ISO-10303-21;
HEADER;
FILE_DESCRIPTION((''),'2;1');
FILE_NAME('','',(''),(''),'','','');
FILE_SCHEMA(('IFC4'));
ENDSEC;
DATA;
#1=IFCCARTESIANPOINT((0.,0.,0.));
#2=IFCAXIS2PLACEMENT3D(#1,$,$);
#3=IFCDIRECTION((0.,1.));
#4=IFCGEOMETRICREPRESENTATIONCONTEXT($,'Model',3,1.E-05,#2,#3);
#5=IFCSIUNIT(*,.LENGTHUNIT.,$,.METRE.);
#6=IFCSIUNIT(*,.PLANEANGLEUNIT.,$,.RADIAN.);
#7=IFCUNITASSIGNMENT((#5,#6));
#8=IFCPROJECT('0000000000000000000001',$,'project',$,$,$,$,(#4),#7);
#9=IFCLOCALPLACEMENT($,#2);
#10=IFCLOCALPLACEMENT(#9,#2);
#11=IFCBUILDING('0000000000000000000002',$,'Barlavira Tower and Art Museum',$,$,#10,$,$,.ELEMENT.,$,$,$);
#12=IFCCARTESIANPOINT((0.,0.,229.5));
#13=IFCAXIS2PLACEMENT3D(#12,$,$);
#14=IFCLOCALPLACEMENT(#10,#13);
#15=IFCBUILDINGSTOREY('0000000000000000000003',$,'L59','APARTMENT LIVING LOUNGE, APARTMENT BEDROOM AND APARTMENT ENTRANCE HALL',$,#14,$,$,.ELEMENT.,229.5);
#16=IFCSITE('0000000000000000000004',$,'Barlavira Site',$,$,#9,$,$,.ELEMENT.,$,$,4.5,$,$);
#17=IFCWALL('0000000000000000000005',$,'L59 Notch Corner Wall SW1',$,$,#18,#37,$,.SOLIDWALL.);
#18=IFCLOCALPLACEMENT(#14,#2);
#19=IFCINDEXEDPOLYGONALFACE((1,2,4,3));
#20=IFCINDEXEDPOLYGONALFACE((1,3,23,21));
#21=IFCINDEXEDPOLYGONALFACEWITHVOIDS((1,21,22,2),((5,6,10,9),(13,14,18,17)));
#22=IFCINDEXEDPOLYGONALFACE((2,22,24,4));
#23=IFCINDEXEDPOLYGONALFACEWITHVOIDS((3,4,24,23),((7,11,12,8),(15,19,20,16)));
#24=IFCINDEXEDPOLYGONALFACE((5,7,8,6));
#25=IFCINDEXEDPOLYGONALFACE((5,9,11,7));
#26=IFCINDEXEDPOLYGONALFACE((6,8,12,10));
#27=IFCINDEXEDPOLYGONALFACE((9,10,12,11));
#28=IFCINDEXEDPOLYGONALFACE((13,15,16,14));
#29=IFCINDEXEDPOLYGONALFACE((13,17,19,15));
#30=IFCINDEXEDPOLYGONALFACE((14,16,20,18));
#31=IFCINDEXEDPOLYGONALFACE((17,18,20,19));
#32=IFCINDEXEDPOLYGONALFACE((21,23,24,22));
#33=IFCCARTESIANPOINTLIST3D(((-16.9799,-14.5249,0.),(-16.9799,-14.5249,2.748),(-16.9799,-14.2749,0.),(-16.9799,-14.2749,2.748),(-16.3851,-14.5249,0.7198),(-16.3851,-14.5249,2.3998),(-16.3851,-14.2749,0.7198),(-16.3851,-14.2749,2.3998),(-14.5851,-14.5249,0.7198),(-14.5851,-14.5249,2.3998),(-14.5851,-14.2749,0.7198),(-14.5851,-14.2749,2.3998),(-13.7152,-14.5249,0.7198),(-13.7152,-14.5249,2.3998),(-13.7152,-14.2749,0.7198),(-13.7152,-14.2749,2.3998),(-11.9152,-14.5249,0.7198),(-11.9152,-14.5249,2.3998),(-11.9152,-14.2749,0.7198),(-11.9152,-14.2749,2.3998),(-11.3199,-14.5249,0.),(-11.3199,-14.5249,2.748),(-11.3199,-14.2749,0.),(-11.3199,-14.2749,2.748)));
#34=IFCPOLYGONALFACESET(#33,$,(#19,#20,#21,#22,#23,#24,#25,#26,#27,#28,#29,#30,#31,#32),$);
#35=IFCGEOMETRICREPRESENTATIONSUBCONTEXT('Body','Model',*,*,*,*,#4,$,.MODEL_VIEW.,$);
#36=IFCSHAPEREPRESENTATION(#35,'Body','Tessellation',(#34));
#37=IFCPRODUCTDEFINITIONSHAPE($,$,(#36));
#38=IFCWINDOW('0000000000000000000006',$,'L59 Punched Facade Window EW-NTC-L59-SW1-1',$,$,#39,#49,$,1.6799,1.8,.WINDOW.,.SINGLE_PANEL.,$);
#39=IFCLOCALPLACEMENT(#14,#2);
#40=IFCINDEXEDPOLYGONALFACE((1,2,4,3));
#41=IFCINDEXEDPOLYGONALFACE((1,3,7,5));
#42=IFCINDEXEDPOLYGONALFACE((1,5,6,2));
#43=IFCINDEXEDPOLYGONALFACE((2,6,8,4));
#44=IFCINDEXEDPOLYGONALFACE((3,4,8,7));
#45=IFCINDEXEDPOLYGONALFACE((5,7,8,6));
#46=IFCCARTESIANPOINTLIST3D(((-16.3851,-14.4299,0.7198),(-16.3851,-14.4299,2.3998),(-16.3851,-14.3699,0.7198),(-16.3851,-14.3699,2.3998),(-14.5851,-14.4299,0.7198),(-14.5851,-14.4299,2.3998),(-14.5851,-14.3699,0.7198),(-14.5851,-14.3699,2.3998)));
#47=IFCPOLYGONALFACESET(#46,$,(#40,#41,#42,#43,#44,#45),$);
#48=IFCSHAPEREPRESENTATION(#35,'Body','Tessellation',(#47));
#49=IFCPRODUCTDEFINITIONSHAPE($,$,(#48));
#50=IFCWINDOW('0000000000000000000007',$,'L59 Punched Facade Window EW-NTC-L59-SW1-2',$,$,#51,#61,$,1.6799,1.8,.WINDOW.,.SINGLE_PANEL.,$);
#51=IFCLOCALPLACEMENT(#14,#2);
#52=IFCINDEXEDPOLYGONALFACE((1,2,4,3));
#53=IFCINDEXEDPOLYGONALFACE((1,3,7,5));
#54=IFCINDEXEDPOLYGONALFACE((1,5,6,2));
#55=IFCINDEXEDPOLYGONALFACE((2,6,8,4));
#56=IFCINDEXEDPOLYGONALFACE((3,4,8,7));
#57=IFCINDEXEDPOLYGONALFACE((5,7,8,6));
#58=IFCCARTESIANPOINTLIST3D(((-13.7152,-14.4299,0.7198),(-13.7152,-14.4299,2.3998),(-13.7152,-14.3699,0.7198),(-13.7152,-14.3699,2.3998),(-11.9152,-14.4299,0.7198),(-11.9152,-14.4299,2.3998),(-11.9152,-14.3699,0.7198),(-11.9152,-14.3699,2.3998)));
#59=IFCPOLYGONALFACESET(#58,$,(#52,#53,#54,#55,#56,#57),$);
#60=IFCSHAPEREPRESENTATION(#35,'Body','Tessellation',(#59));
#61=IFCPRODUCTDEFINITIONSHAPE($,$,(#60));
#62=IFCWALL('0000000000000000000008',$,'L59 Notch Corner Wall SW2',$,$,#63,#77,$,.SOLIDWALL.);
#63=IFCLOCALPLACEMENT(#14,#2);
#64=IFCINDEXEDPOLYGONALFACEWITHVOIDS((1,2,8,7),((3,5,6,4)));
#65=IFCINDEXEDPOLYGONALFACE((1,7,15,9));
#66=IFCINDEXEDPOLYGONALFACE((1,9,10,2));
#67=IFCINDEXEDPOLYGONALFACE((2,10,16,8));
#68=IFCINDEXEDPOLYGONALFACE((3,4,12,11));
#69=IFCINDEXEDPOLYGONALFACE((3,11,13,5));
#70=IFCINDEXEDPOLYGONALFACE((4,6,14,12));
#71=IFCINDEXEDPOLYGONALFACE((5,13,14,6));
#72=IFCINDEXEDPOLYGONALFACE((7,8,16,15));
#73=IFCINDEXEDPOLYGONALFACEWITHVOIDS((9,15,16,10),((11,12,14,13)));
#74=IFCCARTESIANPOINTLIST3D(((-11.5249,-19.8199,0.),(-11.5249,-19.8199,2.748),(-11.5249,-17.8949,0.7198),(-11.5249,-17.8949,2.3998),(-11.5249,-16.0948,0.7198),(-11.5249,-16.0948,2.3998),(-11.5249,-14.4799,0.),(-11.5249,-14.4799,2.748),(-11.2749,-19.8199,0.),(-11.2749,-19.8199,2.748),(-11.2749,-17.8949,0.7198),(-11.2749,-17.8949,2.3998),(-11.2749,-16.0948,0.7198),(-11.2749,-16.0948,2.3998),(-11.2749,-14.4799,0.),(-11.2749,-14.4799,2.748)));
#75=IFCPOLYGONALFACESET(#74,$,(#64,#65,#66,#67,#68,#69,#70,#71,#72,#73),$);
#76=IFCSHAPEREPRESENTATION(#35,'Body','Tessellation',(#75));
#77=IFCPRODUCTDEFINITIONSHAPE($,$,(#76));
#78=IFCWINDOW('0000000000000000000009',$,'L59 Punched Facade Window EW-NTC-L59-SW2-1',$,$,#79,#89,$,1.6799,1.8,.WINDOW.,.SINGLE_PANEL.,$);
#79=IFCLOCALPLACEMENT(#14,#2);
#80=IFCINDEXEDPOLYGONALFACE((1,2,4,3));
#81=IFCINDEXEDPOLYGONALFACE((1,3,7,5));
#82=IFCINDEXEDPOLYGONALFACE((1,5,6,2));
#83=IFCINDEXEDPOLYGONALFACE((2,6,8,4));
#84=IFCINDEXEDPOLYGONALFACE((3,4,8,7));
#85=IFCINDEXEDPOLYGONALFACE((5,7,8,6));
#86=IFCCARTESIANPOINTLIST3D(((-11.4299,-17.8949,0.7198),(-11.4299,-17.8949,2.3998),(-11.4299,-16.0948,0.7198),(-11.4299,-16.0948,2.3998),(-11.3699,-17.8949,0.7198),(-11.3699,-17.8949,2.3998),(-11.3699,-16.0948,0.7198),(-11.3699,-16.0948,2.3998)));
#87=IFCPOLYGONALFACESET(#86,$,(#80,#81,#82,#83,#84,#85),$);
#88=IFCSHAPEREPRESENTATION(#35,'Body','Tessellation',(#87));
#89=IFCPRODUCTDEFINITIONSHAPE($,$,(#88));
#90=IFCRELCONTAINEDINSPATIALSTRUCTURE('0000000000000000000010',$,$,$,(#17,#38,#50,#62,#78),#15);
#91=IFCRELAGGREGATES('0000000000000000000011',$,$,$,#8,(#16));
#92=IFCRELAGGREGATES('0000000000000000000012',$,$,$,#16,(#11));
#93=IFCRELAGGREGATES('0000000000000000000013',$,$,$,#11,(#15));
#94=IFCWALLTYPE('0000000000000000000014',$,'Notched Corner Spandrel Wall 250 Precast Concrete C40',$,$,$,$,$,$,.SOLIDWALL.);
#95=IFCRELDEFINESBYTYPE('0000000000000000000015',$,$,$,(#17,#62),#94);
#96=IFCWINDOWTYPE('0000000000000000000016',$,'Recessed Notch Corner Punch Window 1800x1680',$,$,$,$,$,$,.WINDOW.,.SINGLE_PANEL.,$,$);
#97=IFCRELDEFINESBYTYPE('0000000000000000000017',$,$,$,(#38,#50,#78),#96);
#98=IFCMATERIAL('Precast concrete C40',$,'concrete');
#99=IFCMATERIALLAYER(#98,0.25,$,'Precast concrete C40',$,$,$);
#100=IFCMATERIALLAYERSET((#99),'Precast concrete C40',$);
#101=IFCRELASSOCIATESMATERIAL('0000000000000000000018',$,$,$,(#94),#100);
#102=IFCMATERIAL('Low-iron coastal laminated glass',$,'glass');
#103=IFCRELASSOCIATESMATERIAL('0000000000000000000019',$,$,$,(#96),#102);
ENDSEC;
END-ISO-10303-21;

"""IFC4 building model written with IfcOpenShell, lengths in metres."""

from ifc_helpers import new_model, si_unit, direction, frame, frame_2d, origin, place, context, subcontext, project, spatial, rectangle, extrude, material, layer, layer_set, type_object, element, fill, save


model = new_model("IFC4")

# Units and contexts
model_context = context("Model", 3, precision=1e-05, world=origin(), true_north=direction((0.0, 1.0)))
body_context = subcontext(model_context, "Body", "Model", "MODEL_VIEW")
ifc_project = project(units=[si_unit("LENGTHUNIT", "METRE"), si_unit("PLANEANGLEUNIT", "RADIAN")], contexts=[model_context])

# Site, building, storey
site_placement = place(None, origin())
site = spatial("IfcSite", under=ifc_project, at=site_placement, Name="Barlavira Site", CompositionType="ELEMENT", RefElevation=4.5)
building_placement = place(site_placement, origin())
building = spatial("IfcBuilding", under=site, at=building_placement, Name="Barlavira Tower and Art Museum", CompositionType="ELEMENT")
storey_placement = place(building_placement, frame((0.0, 0.0, 229.5)))
storey = spatial("IfcBuildingStorey", under=building, at=storey_placement, Name="L59", Description="APARTMENT LIVING LOUNGE, APARTMENT BEDROOM AND APARTMENT ENTRANCE HALL", CompositionType="ELEMENT", Elevation=229.5)

# Shared definitions
ifc_material_1 = material(Name="Precast concrete C40", Category="concrete")
ifc_layer_1 = layer(ifc_material_1, 0.25, Name="Precast concrete C40")
ifc_layer_set_1 = layer_set([ifc_layer_1], Name="Precast concrete C40")
wall_type = type_object("IfcWallType", Name="Notched Corner Spandrel Wall 250 Precast Concrete C40", PredefinedType="SOLIDWALL", material=ifc_layer_set_1)
ifc_material_2 = material(Name="Low-iron coastal laminated glass", Category="glass")
window_type = type_object("IfcWindowType", Name="Recessed Notch Corner Punch Window 1800x1680", PartitioningType="SINGLE_PANEL", PredefinedType="WINDOW", material=ifc_material_2)

# Wall, openings, windows
wall_1_placement = place(storey_placement, frame((-16.98, -14.3999, 0.0), z_axis=(0.0, 0.0, 1.0), x_axis=(1.0, 0.0, 0.0)))
wall_1 = element("IfcWall", 1, at=wall_1_placement, inside=storey, type_object=wall_type, Name="L59 Notch Corner Wall SW1", PredefinedType="SOLIDWALL", context=body_context, shape_type="SweptSolid", body=[
    extrude(rectangle(XDim=5.6599, YDim=0.25, at=frame_2d((2.8301, 0.0))), origin(), (0.0, 0.0, 1.0), 2.748),
])
opening_1_placement = place(wall_1_placement, frame((0.595, 0.0, 0.72)))
opening_1 = element("IfcOpeningElement", 2, at=opening_1_placement, cuts=wall_1, PredefinedType="OPENING", context=body_context, shape_type="SweptSolid", body=[
    extrude(rectangle(XDim=1.8, YDim=1.6799, at=frame_2d((0.8999, 0.8398))), frame((0.0, 0.135, 0.0), z_axis=(0.0, -1.0, 0.0), x_axis=(1.0, 0.0, 0.0)), (0.0, 0.0, 1.0), 0.27),
])
opening_2_placement = place(wall_1_placement, frame((3.2649, 0.0, 0.72)))
opening_2 = element("IfcOpeningElement", 3, at=opening_2_placement, cuts=wall_1, PredefinedType="OPENING", context=body_context, shape_type="SweptSolid", body=[
    extrude(rectangle(XDim=1.8, YDim=1.6799, at=frame_2d((0.8999, 0.8398))), frame((0.0, 0.135, 0.0), z_axis=(0.0, -1.0, 0.0), x_axis=(1.0, 0.0, 0.0)), (0.0, 0.0, 1.0), 0.27),
])
window_1_placement = place(opening_1_placement, origin())
window_1 = element("IfcWindow", 4, at=window_1_placement, inside=storey, type_object=window_type, Name="L59 Punched Facade Window EW-NTC-L59-SW1-1", OverallHeight=1.6799, OverallWidth=1.8, PartitioningType="SINGLE_PANEL", PredefinedType="WINDOW", context=body_context, shape_type="SweptSolid", body=[
    extrude(rectangle(XDim=1.8, YDim=1.6799, at=frame_2d((0.8999, 0.8398))), frame((0.0, 0.03, 0.0), z_axis=(0.0, -1.0, 0.0), x_axis=(1.0, 0.0, 0.0)), (0.0, 0.0, 1.0), 0.0601),
])
fill(opening_1, window_1)
window_2_placement = place(opening_2_placement, origin())
window_2 = element("IfcWindow", 5, at=window_2_placement, inside=storey, type_object=window_type, Name="L59 Punched Facade Window EW-NTC-L59-SW1-2", OverallHeight=1.6799, OverallWidth=1.8, PartitioningType="SINGLE_PANEL", PredefinedType="WINDOW", context=body_context, shape_type="SweptSolid", body=[
    extrude(rectangle(XDim=1.8, YDim=1.6799, at=frame_2d((0.8999, 0.8398))), frame((0.0, 0.03, 0.0), z_axis=(0.0, -1.0, 0.0), x_axis=(1.0, 0.0, 0.0)), (0.0, 0.0, 1.0), 0.0601),
])
fill(opening_2, window_2)

# Wall, opening, window
wall_2_placement = place(storey_placement, frame((-11.3999, -14.48, 0.0), z_axis=(0.0, 0.0, 1.0), x_axis=(0.0, -1.0, 0.0)))
wall_2 = element("IfcWall", 6, at=wall_2_placement, inside=storey, type_object=wall_type, Name="L59 Notch Corner Wall SW2", PredefinedType="SOLIDWALL", context=body_context, shape_type="SweptSolid", body=[
    extrude(rectangle(XDim=5.3401, YDim=0.25, at=frame_2d((2.6699, 0.0))), origin(), (0.0, 0.0, 1.0), 2.748),
])
opening_3_placement = place(wall_2_placement, frame((1.615, 0.0, 0.72)))
opening_3 = element("IfcOpeningElement", 7, at=opening_3_placement, cuts=wall_2, PredefinedType="OPENING", context=body_context, shape_type="SweptSolid", body=[
    extrude(rectangle(XDim=1.8, YDim=1.6799, at=frame_2d((0.8999, 0.8398))), frame((0.0, 0.135, 0.0), z_axis=(0.0, -1.0, 0.0), x_axis=(1.0, 0.0, 0.0)), (0.0, 0.0, 1.0), 0.27),
])
window_3_placement = place(opening_3_placement, origin())
window_3 = element("IfcWindow", 8, at=window_3_placement, inside=storey, type_object=window_type, Name="L59 Punched Facade Window EW-NTC-L59-SW2-1", OverallHeight=1.6799, OverallWidth=1.8, PartitioningType="SINGLE_PANEL", PredefinedType="WINDOW", context=body_context, shape_type="SweptSolid", body=[
    extrude(rectangle(XDim=1.8, YDim=1.6799, at=frame_2d((0.8999, 0.8398))), frame((0.0, 0.03, 0.0), z_axis=(0.0, -1.0, 0.0), x_axis=(1.0, 0.0, 0.0)), (0.0, 0.0, 1.0), 0.0601),
])
fill(opening_3, window_3)

save(model, "model.ifc")
